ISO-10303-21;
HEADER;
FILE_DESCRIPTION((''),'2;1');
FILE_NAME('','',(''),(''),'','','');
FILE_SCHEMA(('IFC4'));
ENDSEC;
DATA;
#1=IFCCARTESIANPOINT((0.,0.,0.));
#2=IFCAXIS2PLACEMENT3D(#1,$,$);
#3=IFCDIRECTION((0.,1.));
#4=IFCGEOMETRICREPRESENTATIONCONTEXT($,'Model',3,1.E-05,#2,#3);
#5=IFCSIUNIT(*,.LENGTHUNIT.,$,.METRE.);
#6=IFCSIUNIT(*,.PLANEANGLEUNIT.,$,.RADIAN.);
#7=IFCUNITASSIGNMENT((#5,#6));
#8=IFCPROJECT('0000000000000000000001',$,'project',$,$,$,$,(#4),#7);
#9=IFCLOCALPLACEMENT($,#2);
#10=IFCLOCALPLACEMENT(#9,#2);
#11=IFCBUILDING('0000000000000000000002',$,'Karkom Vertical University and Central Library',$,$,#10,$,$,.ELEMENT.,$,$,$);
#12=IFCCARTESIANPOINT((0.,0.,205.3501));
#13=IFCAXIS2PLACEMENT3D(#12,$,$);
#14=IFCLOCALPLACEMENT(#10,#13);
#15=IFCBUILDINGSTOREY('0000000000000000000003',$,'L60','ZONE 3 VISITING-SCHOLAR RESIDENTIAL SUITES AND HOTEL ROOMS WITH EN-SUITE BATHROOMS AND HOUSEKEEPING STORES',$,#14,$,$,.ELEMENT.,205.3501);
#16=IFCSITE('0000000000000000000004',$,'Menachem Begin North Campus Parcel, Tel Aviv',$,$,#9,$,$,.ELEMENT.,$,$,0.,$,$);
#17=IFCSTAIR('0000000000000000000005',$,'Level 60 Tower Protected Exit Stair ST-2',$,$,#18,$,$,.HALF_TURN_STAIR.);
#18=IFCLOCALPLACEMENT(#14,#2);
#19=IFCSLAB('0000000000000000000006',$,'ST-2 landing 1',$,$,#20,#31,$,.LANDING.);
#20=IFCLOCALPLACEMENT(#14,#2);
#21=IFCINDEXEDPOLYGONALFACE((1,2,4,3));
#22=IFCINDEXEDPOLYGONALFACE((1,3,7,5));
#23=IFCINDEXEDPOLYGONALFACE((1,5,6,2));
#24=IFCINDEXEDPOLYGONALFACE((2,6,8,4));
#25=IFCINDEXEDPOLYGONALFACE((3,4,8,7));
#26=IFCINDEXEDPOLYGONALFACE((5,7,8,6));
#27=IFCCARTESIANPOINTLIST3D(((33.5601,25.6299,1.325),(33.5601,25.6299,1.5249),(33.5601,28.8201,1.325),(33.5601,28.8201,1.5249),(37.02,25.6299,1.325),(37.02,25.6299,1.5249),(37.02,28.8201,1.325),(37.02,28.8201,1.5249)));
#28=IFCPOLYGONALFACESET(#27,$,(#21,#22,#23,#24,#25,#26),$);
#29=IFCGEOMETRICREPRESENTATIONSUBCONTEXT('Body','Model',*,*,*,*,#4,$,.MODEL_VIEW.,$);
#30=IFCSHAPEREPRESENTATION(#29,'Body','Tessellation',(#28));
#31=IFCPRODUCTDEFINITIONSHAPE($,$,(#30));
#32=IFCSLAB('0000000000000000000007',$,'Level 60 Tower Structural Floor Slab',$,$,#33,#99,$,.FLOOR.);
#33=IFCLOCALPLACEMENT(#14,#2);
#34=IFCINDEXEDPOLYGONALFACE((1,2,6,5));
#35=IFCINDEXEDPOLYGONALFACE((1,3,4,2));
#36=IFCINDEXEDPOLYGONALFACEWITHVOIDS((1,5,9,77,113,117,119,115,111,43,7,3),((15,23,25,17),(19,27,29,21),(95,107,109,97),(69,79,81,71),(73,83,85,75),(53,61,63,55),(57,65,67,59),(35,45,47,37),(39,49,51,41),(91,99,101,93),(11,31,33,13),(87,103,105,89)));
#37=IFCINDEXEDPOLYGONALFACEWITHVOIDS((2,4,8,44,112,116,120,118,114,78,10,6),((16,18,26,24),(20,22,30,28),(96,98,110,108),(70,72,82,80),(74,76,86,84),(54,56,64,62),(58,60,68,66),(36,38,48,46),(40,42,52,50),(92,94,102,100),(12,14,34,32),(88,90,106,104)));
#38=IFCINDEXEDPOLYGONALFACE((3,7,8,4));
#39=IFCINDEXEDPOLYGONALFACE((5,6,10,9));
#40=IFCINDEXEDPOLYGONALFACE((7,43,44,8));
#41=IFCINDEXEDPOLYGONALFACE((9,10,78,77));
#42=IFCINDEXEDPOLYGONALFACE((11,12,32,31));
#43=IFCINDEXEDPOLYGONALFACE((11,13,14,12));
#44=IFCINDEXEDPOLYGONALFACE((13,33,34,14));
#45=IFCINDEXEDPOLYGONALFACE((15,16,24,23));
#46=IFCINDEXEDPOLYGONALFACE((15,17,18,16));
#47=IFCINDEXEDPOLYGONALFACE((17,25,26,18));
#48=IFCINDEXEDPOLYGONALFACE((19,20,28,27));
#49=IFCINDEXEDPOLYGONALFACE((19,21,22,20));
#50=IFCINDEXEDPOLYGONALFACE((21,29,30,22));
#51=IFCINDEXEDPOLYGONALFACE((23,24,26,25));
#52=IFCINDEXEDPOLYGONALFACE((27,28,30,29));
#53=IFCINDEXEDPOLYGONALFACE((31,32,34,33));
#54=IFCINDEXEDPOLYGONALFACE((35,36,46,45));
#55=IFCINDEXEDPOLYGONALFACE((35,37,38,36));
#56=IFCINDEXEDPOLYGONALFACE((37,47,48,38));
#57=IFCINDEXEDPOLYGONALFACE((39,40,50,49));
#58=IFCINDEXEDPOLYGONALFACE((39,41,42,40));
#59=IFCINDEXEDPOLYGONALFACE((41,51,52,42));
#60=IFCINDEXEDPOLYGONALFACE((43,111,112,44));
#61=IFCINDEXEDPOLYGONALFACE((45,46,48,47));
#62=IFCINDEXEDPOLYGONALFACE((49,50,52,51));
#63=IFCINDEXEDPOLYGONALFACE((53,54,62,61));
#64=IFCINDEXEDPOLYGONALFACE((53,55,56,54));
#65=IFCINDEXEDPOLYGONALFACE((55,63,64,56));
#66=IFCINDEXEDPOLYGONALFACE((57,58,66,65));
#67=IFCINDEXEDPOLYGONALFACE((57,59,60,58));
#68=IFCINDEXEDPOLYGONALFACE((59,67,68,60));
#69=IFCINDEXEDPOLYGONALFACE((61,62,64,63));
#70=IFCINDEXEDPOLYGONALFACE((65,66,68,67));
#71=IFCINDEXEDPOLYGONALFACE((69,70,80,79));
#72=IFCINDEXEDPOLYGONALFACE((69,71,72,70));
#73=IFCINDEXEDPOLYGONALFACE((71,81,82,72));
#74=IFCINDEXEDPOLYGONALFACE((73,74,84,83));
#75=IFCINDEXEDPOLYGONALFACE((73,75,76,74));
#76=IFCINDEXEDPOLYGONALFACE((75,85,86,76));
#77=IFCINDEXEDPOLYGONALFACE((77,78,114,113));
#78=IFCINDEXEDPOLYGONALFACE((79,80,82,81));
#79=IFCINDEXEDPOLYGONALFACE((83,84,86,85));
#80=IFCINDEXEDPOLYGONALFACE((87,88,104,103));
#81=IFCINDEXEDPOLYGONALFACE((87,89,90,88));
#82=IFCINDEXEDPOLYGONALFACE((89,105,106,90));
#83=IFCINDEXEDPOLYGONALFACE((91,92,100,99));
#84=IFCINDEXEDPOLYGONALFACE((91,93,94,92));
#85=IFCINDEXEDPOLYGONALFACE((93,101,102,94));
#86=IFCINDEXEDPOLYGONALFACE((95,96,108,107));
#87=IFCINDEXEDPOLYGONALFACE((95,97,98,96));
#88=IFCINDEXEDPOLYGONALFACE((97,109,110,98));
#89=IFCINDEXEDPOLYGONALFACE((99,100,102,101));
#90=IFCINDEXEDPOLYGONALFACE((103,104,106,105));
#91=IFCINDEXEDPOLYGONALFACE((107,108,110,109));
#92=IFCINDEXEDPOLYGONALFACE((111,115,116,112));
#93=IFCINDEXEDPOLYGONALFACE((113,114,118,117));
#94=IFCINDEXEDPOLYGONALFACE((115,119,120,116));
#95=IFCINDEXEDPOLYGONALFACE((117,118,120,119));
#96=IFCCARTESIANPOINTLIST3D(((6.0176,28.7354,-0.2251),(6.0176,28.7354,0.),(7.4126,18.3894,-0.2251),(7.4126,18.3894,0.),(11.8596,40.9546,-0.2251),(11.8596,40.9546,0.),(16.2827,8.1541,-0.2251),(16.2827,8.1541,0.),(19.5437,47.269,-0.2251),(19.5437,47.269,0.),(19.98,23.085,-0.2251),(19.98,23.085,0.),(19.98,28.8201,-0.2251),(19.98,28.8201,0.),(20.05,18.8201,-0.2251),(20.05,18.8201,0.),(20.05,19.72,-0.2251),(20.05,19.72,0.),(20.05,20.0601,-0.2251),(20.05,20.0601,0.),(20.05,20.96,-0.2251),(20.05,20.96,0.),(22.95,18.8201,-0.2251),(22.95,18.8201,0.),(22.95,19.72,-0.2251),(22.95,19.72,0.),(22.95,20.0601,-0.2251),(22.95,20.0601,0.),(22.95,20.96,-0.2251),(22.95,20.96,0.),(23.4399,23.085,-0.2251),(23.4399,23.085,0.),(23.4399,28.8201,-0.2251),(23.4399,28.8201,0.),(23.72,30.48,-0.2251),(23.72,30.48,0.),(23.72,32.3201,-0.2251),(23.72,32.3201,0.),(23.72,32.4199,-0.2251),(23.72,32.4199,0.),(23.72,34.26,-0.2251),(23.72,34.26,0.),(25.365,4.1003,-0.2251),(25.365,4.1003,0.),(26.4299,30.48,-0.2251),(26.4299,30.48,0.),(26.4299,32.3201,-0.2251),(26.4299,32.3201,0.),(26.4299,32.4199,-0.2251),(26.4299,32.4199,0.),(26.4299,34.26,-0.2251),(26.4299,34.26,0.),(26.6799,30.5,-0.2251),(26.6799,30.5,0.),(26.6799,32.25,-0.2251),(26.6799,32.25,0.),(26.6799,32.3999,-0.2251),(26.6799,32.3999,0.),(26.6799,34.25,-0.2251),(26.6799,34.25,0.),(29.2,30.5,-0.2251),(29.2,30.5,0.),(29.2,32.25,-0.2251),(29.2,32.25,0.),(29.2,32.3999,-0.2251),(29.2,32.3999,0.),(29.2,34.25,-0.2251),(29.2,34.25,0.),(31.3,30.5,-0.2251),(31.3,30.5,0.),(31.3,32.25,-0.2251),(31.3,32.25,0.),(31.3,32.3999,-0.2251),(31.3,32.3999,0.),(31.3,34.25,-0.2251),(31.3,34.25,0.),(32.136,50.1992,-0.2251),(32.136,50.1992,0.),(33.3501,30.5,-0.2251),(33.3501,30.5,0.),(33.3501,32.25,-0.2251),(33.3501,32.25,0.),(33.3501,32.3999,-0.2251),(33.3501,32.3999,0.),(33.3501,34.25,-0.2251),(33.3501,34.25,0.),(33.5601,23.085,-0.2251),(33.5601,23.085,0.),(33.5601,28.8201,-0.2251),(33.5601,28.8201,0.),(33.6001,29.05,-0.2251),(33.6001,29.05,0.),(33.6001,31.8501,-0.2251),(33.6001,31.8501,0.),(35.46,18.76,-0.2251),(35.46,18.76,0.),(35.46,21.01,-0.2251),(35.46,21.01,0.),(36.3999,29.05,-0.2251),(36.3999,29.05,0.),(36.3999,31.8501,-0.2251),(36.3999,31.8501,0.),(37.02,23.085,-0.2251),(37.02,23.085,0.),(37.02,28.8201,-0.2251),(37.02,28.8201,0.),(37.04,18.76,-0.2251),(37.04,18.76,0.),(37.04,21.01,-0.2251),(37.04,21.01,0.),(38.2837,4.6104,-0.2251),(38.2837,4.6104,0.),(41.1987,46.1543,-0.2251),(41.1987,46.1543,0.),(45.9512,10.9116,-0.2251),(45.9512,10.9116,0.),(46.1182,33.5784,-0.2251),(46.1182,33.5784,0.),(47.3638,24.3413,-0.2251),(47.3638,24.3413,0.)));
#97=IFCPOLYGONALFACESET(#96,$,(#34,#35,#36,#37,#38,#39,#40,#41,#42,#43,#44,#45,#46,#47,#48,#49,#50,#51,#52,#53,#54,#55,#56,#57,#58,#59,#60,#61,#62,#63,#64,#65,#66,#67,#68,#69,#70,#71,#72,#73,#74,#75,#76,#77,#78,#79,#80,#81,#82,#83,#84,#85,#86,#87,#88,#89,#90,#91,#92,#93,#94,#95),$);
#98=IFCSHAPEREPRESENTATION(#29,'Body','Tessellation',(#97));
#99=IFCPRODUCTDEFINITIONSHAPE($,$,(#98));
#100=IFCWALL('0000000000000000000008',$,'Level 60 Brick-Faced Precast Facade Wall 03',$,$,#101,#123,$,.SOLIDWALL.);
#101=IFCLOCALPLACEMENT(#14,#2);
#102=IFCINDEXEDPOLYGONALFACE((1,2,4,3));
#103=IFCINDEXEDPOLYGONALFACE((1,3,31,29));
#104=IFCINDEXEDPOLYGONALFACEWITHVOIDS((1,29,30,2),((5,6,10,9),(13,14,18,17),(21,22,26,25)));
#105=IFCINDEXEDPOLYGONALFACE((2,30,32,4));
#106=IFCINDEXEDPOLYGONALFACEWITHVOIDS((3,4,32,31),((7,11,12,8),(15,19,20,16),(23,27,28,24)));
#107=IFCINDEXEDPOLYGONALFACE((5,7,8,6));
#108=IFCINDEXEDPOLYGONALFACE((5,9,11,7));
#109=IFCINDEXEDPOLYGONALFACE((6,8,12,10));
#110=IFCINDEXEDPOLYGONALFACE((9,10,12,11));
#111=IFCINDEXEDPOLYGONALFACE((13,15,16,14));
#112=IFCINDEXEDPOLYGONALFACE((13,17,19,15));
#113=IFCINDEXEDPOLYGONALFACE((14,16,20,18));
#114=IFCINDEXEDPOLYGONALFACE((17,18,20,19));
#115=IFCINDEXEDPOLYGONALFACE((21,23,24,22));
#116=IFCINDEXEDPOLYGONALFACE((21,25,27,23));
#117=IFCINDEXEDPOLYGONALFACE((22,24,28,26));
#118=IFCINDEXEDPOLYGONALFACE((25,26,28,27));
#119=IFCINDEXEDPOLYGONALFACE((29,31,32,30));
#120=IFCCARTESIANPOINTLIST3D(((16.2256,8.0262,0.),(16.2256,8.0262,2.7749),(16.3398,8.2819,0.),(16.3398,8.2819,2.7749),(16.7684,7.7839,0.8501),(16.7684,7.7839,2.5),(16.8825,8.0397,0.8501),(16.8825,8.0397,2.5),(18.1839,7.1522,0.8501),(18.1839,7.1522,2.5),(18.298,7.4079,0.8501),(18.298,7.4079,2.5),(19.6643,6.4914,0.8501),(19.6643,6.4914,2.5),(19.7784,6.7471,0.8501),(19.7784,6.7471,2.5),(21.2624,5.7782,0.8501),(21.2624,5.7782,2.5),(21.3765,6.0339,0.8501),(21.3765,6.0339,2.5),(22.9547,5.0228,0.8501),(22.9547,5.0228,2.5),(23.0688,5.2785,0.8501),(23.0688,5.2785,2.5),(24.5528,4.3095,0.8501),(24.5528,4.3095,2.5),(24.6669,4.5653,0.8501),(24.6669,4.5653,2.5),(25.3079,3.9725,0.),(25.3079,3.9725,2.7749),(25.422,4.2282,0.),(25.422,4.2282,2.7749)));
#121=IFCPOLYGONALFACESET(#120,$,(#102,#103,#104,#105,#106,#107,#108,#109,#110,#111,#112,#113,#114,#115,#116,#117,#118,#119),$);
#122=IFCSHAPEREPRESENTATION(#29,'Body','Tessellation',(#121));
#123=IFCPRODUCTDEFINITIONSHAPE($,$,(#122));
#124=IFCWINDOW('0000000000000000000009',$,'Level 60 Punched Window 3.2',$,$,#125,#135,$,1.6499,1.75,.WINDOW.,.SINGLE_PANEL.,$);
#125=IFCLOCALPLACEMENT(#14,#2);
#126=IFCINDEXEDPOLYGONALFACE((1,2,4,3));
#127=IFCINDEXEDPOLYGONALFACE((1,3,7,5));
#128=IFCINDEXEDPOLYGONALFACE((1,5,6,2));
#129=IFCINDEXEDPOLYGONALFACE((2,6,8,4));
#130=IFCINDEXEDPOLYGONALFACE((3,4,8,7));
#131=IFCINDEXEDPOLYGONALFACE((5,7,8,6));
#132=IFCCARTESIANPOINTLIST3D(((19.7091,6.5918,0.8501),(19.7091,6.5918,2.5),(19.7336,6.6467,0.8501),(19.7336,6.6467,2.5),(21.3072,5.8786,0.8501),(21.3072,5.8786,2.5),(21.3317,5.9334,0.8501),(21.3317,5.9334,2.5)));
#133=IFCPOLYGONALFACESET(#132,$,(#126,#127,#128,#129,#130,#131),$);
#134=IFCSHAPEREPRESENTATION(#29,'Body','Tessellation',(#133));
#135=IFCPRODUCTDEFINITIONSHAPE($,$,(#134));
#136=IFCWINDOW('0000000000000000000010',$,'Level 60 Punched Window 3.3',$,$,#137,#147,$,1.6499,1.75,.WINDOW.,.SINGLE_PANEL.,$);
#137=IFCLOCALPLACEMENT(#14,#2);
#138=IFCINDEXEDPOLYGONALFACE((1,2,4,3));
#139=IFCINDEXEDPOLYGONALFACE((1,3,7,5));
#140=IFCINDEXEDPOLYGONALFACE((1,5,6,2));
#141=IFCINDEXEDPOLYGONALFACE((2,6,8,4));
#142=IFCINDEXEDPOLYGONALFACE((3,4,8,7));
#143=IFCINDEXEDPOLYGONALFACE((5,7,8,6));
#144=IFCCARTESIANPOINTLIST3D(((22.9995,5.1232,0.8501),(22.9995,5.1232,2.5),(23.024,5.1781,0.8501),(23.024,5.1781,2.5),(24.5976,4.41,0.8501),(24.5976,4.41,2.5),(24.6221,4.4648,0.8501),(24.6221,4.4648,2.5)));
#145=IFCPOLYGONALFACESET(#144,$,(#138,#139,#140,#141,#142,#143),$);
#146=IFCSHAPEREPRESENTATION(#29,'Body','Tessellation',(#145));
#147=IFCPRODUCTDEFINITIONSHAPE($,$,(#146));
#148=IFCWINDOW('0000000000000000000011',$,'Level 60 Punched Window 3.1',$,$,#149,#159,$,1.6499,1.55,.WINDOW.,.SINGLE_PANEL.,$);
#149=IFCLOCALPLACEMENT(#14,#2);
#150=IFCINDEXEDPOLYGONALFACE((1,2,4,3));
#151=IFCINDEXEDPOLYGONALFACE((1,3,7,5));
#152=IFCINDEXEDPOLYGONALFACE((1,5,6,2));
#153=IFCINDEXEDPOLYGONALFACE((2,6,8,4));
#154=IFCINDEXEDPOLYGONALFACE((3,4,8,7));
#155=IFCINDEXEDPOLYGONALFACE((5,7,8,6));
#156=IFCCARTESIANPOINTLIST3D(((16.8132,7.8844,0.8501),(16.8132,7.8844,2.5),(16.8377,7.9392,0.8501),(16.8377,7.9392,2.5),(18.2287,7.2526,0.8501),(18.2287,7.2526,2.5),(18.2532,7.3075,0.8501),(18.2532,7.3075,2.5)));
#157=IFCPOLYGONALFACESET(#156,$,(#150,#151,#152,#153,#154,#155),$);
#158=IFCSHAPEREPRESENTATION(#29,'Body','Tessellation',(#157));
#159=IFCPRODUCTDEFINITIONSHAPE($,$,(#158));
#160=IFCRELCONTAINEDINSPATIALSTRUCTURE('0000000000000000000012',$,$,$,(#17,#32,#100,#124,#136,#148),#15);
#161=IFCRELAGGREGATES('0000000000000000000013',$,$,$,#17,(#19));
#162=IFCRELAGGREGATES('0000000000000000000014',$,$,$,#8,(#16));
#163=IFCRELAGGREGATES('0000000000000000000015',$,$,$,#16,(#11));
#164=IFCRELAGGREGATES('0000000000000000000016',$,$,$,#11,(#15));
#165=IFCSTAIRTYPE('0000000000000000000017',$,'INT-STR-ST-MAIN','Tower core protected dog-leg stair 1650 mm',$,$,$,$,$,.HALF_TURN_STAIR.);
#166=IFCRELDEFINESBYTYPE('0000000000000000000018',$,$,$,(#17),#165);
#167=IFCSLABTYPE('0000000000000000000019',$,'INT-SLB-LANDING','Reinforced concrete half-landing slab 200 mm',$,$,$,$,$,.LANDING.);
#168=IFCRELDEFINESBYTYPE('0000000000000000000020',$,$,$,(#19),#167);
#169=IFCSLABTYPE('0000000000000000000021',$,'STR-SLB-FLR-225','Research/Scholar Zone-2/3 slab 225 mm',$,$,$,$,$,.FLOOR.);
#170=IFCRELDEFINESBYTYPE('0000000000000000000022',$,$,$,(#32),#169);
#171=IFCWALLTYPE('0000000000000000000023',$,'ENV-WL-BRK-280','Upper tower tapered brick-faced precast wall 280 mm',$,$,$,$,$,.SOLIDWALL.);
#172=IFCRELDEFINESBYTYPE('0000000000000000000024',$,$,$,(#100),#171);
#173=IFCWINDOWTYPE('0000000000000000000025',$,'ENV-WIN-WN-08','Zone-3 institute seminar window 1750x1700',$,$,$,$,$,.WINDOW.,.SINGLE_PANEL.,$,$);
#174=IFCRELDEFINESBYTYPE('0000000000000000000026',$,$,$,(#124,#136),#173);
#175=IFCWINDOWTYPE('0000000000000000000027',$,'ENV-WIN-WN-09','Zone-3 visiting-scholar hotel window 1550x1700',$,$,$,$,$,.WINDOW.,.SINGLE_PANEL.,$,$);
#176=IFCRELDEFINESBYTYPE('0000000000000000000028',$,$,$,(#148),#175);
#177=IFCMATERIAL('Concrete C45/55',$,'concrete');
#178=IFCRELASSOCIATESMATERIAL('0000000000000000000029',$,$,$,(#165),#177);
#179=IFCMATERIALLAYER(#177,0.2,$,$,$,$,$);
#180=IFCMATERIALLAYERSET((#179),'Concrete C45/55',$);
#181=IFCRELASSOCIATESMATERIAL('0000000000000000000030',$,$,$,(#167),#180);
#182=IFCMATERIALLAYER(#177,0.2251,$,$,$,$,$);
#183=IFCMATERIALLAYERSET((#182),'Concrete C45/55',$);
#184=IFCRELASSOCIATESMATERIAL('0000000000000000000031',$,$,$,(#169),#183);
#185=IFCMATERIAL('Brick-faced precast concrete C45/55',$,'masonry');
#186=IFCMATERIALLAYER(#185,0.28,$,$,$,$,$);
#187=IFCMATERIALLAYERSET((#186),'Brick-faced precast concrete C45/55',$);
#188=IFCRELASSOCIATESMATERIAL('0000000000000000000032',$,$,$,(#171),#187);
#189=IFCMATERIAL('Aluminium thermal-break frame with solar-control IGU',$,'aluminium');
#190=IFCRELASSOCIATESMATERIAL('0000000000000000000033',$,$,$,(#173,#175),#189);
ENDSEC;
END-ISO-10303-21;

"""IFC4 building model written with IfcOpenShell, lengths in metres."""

from ifc_helpers import new_model, si_unit, direction, frame, frame_2d, origin, origin_with_axes, place, context, subcontext, project, spatial, polyline, rectangle, outline, extrude, source, transform, mapped, material, layer, layer_set, type_object, element, fill, aggregate, save


model = new_model("IFC4")

# Units and contexts
model_context = context("Model", 3, precision=1e-05, world=origin(), true_north=direction((0.0, 1.0)))
body_context = subcontext(model_context, "Body", "Model", "MODEL_VIEW")
ifc_project = project(units=[si_unit("LENGTHUNIT", "METRE"), si_unit("PLANEANGLEUNIT", "RADIAN")], contexts=[model_context])

# Site, building, storey
site_placement = place(None, origin())
site = spatial("IfcSite", under=ifc_project, at=site_placement, Name="Menachem Begin North Campus Parcel, Tel Aviv", CompositionType="ELEMENT", RefElevation=0.0)
building_placement = place(site_placement, origin())
building = spatial("IfcBuilding", under=site, at=building_placement, Name="Karkom Vertical University and Central Library", CompositionType="ELEMENT")
storey_placement = place(building_placement, frame((0.0, 0.0, 205.3501)))
storey = spatial("IfcBuildingStorey", under=building, at=storey_placement, Name="L60", Description="ZONE 3 VISITING-SCHOLAR RESIDENTIAL SUITES AND HOTEL ROOMS WITH EN-SUITE BATHROOMS AND HOUSEKEEPING STORES", CompositionType="ELEMENT", Elevation=205.3501)

# Stair, slab
ifc_material_1 = material(Name="Concrete C45/55", Category="concrete")
stair_type = type_object("IfcStairType", Name="INT-STR-ST-MAIN", Description="Tower core protected dog-leg stair 1650 mm", PredefinedType="HALF_TURN_STAIR", material=ifc_material_1)
ifc_layer_1 = layer(ifc_material_1, 0.2)
ifc_layer_set_1 = layer_set([ifc_layer_1], Name="Concrete C45/55")
slab_type_1 = type_object("IfcSlabType", Name="INT-SLB-LANDING", Description="Reinforced concrete half-landing slab 200 mm", PredefinedType="LANDING", material=ifc_layer_set_1)
stair_1_placement = place(storey_placement, origin())
stair_1 = element("IfcStair", 1, at=stair_1_placement, inside=storey, type_object=stair_type, Name="Level 60 Tower Protected Exit Stair ST-2", PredefinedType="HALF_TURN_STAIR")
slab_1_placement = place(storey_placement, frame((0.0, 0.0, 1.325)))
slab_1 = element("IfcSlab", 2, at=slab_1_placement, type_object=slab_type_1, Name="ST-2 landing 1", PredefinedType="LANDING", context=body_context, shape_type="SweptSolid", body=[
    extrude(outline(polyline([(37.02, 25.6299), (37.02, 28.8201), (33.5601, 28.8201), (33.5601, 25.6299), (37.02, 25.6299)])), origin(), (0.0, 0.0, 1.0), 0.2),
])
aggregate(stair_1, [slab_1])

# Slab
ifc_layer_2 = layer(ifc_material_1, 0.2251)
ifc_layer_set_2 = layer_set([ifc_layer_2], Name="Concrete C45/55")
slab_type_2 = type_object("IfcSlabType", Name="STR-SLB-FLR-225", Description="Research/Scholar Zone-2/3 slab 225 mm", PredefinedType="FLOOR", material=ifc_layer_set_2)
slab_2_placement = place(storey_placement, frame((0.0, 0.0, -0.2251)))
element("IfcSlab", 3, at=slab_2_placement, inside=storey, type_object=slab_type_2, Name="Level 60 Tower Structural Floor Slab", PredefinedType="FLOOR", context=body_context, shape_type="SweptSolid", body=[
    extrude(outline(polyline([(6.0176, 28.7354), (7.4126, 18.3894), (16.2827, 8.1541), (25.365, 4.1003), (38.2837, 4.6104), (45.9512, 10.9116), (47.3638, 24.3413), (46.1182, 33.5784), (41.1987, 46.1543), (32.136, 50.1992), (19.5437, 47.269), (11.8596, 40.9546), (6.0176, 28.7354)]), holes=[polyline([(19.98, 23.085), (23.4399, 23.085), (23.4399, 28.8201), (19.98, 28.8201), (19.98, 23.085)]), polyline([(33.5601, 23.085), (37.02, 23.085), (37.02, 28.8201), (33.5601, 28.8201), (33.5601, 23.085)]), polyline([(26.6799, 30.5), (29.2, 30.5), (29.2, 32.25), (26.6799, 32.25), (26.6799, 30.5)]), polyline([(26.6799, 32.3999), (29.2, 32.3999), (29.2, 34.25), (26.6799, 34.25), (26.6799, 32.3999)]), polyline([(31.3, 30.5), (33.3501, 30.5), (33.3501, 32.25), (31.3, 32.25), (31.3, 30.5)]), polyline([(31.3, 32.3999), (33.3501, 32.3999), (33.3501, 34.25), (31.3, 34.25), (31.3, 32.3999)]), polyline([(23.72, 30.48), (26.4299, 30.48), (26.4299, 32.3201), (23.72, 32.3201), (23.72, 30.48)]), polyline([(23.72, 32.4199), (26.4299, 32.4199), (26.4299, 34.26), (23.72, 34.26), (23.72, 32.4199)]), polyline([(33.6001, 29.05), (36.3999, 29.05), (36.3999, 31.8501), (33.6001, 31.8501), (33.6001, 29.05)]), polyline([(20.05, 18.8201), (22.95, 18.8201), (22.95, 19.72), (20.05, 19.72), (20.05, 18.8201)]), polyline([(20.05, 20.0601), (22.95, 20.0601), (22.95, 20.96), (20.05, 20.96), (20.05, 20.0601)]), polyline([(35.46, 18.76), (37.04, 18.76), (37.04, 21.01), (35.46, 21.01), (35.46, 18.76)])]), origin(), (0.0, 0.0, 1.0), 0.2251),
])

# Wall, openings, windows
ifc_material_2 = material(Name="Brick-faced precast concrete C45/55", Category="masonry")
ifc_layer_3 = layer(ifc_material_2, 0.28)
ifc_layer_set_3 = layer_set([ifc_layer_3], Name="Brick-faced precast concrete C45/55")
wall_type_1 = type_object("IfcWallType", Name="ENV-WL-BRK-280", Description="Upper tower tapered brick-faced precast wall 280 mm", PredefinedType="SOLIDWALL", material=ifc_layer_set_3)
wall_1_placement = place(storey_placement, frame((16.2827, 8.1541, 0.0), z_axis=(0.0, 0.0, 1.0), x_axis=(0.913171, -0.407577, 0.0)))
wall_1 = element("IfcWall", 4, at=wall_1_placement, inside=storey, type_object=wall_type_1, Name="Level 60 Brick-Faced Precast Facade Wall 03", PredefinedType="SOLIDWALL", context=body_context, shape_type="SweptSolid", body=[
    extrude(rectangle(XDim=9.9458, YDim=0.28, at=frame_2d((4.9729, 0.0))), origin(), (0.0, 0.0, 1.0), 2.7749),
])
opening_1_placement = place(wall_1_placement, frame((0.5945, 0.0, 0.8501)))
opening_1 = element("IfcOpeningElement", 5, at=opening_1_placement, cuts=wall_1, PredefinedType="OPENING", context=body_context, shape_type="SweptSolid", body=[
    extrude(rectangle(XDim=1.55, YDim=1.6499, at=frame_2d((0.7749, 0.825))), frame((0.0, 0.1499, 0.0), z_axis=(0.0, -1.0, 0.0), x_axis=(1.0, 0.0, 0.0)), (0.0, 0.0, 1.0), 0.3),
])
opening_2_placement = place(wall_1_placement, frame((3.7656, 0.0, 0.8501)))
opening_2 = element("IfcOpeningElement", 6, at=opening_2_placement, cuts=wall_1, PredefinedType="OPENING", context=body_context, shape_type="SweptSolid", body=[
    extrude(rectangle(XDim=1.75, YDim=1.6499, at=frame_2d((0.875, 0.825))), frame((0.0, 0.1499, 0.0), z_axis=(0.0, -1.0, 0.0), x_axis=(1.0, 0.0, 0.0)), (0.0, 0.0, 1.0), 0.3),
])
opening_3_placement = place(wall_1_placement, frame((7.3689, 0.0, 0.8501)))
opening_3 = element("IfcOpeningElement", 7, at=opening_3_placement, cuts=wall_1, PredefinedType="OPENING", context=body_context, shape_type="SweptSolid", body=[
    extrude(rectangle(XDim=1.75, YDim=1.6499, at=frame_2d((0.875, 0.825))), frame((0.0, 0.1499, 0.0), z_axis=(0.0, -1.0, 0.0), x_axis=(1.0, 0.0, 0.0)), (0.0, 0.0, 1.0), 0.3),
])
ifc_material_3 = material(Name="Aluminium thermal-break frame with solar-control IGU", Category="aluminium")
window_type_1 = type_object("IfcWindowType", Name="ENV-WIN-WN-08", Description="Zone-3 institute seminar window 1750x1700", PartitioningType="SINGLE_PANEL", PredefinedType="WINDOW", material=ifc_material_3)
shared_shape_1 = source(origin_with_axes(), body_context, "Body", "SweptSolid", [
    extrude(rectangle(XDim=1.75, YDim=1.6499, at=frame_2d((0.875, 0.825))), frame((0.0, 0.03, 0.0), z_axis=(0.0, -1.0, 0.0), x_axis=(1.0, 0.0, 0.0)), (0.0, 0.0, 1.0), 0.0601),
])
window_1_placement = place(opening_2_placement, origin())
window_1 = element("IfcWindow", 8, at=window_1_placement, inside=storey, type_object=window_type_1, Name="Level 60 Punched Window 3.2", OverallHeight=1.6499, OverallWidth=1.75, PartitioningType="SINGLE_PANEL", PredefinedType="WINDOW", context=body_context, shape_type="MappedRepresentation", body=[
    mapped(shared_shape_1, transform((0.0, 0.0, 0.0), scale=1.0)),
])
fill(opening_2, window_1)
window_2_placement = place(opening_3_placement, origin())
window_2 = element("IfcWindow", 9, at=window_2_placement, inside=storey, type_object=window_type_1, Name="Level 60 Punched Window 3.3", OverallHeight=1.6499, OverallWidth=1.75, PartitioningType="SINGLE_PANEL", PredefinedType="WINDOW", context=body_context, shape_type="MappedRepresentation", body=[
    mapped(shared_shape_1, transform((0.0, 0.0, 0.0), scale=1.0)),
])
fill(opening_3, window_2)
window_type_2 = type_object("IfcWindowType", Name="ENV-WIN-WN-09", Description="Zone-3 visiting-scholar hotel window 1550x1700", PartitioningType="SINGLE_PANEL", PredefinedType="WINDOW", material=ifc_material_3)
shared_shape_2 = source(origin_with_axes(), body_context, "Body", "SweptSolid", [
    extrude(rectangle(XDim=1.55, YDim=1.6499, at=frame_2d((0.7749, 0.825))), frame((0.0, 0.03, 0.0), z_axis=(0.0, -1.0, 0.0), x_axis=(1.0, 0.0, 0.0)), (0.0, 0.0, 1.0), 0.0601),
])
window_3_placement = place(opening_1_placement, origin())
window_3 = element("IfcWindow", 10, at=window_3_placement, inside=storey, type_object=window_type_2, Name="Level 60 Punched Window 3.1", OverallHeight=1.6499, OverallWidth=1.55, PartitioningType="SINGLE_PANEL", PredefinedType="WINDOW", context=body_context, shape_type="MappedRepresentation", body=[
    mapped(shared_shape_2, transform((0.0, 0.0, 0.0), scale=1.0)),
])
fill(opening_1, window_3)

save(model, "model.ifc")
